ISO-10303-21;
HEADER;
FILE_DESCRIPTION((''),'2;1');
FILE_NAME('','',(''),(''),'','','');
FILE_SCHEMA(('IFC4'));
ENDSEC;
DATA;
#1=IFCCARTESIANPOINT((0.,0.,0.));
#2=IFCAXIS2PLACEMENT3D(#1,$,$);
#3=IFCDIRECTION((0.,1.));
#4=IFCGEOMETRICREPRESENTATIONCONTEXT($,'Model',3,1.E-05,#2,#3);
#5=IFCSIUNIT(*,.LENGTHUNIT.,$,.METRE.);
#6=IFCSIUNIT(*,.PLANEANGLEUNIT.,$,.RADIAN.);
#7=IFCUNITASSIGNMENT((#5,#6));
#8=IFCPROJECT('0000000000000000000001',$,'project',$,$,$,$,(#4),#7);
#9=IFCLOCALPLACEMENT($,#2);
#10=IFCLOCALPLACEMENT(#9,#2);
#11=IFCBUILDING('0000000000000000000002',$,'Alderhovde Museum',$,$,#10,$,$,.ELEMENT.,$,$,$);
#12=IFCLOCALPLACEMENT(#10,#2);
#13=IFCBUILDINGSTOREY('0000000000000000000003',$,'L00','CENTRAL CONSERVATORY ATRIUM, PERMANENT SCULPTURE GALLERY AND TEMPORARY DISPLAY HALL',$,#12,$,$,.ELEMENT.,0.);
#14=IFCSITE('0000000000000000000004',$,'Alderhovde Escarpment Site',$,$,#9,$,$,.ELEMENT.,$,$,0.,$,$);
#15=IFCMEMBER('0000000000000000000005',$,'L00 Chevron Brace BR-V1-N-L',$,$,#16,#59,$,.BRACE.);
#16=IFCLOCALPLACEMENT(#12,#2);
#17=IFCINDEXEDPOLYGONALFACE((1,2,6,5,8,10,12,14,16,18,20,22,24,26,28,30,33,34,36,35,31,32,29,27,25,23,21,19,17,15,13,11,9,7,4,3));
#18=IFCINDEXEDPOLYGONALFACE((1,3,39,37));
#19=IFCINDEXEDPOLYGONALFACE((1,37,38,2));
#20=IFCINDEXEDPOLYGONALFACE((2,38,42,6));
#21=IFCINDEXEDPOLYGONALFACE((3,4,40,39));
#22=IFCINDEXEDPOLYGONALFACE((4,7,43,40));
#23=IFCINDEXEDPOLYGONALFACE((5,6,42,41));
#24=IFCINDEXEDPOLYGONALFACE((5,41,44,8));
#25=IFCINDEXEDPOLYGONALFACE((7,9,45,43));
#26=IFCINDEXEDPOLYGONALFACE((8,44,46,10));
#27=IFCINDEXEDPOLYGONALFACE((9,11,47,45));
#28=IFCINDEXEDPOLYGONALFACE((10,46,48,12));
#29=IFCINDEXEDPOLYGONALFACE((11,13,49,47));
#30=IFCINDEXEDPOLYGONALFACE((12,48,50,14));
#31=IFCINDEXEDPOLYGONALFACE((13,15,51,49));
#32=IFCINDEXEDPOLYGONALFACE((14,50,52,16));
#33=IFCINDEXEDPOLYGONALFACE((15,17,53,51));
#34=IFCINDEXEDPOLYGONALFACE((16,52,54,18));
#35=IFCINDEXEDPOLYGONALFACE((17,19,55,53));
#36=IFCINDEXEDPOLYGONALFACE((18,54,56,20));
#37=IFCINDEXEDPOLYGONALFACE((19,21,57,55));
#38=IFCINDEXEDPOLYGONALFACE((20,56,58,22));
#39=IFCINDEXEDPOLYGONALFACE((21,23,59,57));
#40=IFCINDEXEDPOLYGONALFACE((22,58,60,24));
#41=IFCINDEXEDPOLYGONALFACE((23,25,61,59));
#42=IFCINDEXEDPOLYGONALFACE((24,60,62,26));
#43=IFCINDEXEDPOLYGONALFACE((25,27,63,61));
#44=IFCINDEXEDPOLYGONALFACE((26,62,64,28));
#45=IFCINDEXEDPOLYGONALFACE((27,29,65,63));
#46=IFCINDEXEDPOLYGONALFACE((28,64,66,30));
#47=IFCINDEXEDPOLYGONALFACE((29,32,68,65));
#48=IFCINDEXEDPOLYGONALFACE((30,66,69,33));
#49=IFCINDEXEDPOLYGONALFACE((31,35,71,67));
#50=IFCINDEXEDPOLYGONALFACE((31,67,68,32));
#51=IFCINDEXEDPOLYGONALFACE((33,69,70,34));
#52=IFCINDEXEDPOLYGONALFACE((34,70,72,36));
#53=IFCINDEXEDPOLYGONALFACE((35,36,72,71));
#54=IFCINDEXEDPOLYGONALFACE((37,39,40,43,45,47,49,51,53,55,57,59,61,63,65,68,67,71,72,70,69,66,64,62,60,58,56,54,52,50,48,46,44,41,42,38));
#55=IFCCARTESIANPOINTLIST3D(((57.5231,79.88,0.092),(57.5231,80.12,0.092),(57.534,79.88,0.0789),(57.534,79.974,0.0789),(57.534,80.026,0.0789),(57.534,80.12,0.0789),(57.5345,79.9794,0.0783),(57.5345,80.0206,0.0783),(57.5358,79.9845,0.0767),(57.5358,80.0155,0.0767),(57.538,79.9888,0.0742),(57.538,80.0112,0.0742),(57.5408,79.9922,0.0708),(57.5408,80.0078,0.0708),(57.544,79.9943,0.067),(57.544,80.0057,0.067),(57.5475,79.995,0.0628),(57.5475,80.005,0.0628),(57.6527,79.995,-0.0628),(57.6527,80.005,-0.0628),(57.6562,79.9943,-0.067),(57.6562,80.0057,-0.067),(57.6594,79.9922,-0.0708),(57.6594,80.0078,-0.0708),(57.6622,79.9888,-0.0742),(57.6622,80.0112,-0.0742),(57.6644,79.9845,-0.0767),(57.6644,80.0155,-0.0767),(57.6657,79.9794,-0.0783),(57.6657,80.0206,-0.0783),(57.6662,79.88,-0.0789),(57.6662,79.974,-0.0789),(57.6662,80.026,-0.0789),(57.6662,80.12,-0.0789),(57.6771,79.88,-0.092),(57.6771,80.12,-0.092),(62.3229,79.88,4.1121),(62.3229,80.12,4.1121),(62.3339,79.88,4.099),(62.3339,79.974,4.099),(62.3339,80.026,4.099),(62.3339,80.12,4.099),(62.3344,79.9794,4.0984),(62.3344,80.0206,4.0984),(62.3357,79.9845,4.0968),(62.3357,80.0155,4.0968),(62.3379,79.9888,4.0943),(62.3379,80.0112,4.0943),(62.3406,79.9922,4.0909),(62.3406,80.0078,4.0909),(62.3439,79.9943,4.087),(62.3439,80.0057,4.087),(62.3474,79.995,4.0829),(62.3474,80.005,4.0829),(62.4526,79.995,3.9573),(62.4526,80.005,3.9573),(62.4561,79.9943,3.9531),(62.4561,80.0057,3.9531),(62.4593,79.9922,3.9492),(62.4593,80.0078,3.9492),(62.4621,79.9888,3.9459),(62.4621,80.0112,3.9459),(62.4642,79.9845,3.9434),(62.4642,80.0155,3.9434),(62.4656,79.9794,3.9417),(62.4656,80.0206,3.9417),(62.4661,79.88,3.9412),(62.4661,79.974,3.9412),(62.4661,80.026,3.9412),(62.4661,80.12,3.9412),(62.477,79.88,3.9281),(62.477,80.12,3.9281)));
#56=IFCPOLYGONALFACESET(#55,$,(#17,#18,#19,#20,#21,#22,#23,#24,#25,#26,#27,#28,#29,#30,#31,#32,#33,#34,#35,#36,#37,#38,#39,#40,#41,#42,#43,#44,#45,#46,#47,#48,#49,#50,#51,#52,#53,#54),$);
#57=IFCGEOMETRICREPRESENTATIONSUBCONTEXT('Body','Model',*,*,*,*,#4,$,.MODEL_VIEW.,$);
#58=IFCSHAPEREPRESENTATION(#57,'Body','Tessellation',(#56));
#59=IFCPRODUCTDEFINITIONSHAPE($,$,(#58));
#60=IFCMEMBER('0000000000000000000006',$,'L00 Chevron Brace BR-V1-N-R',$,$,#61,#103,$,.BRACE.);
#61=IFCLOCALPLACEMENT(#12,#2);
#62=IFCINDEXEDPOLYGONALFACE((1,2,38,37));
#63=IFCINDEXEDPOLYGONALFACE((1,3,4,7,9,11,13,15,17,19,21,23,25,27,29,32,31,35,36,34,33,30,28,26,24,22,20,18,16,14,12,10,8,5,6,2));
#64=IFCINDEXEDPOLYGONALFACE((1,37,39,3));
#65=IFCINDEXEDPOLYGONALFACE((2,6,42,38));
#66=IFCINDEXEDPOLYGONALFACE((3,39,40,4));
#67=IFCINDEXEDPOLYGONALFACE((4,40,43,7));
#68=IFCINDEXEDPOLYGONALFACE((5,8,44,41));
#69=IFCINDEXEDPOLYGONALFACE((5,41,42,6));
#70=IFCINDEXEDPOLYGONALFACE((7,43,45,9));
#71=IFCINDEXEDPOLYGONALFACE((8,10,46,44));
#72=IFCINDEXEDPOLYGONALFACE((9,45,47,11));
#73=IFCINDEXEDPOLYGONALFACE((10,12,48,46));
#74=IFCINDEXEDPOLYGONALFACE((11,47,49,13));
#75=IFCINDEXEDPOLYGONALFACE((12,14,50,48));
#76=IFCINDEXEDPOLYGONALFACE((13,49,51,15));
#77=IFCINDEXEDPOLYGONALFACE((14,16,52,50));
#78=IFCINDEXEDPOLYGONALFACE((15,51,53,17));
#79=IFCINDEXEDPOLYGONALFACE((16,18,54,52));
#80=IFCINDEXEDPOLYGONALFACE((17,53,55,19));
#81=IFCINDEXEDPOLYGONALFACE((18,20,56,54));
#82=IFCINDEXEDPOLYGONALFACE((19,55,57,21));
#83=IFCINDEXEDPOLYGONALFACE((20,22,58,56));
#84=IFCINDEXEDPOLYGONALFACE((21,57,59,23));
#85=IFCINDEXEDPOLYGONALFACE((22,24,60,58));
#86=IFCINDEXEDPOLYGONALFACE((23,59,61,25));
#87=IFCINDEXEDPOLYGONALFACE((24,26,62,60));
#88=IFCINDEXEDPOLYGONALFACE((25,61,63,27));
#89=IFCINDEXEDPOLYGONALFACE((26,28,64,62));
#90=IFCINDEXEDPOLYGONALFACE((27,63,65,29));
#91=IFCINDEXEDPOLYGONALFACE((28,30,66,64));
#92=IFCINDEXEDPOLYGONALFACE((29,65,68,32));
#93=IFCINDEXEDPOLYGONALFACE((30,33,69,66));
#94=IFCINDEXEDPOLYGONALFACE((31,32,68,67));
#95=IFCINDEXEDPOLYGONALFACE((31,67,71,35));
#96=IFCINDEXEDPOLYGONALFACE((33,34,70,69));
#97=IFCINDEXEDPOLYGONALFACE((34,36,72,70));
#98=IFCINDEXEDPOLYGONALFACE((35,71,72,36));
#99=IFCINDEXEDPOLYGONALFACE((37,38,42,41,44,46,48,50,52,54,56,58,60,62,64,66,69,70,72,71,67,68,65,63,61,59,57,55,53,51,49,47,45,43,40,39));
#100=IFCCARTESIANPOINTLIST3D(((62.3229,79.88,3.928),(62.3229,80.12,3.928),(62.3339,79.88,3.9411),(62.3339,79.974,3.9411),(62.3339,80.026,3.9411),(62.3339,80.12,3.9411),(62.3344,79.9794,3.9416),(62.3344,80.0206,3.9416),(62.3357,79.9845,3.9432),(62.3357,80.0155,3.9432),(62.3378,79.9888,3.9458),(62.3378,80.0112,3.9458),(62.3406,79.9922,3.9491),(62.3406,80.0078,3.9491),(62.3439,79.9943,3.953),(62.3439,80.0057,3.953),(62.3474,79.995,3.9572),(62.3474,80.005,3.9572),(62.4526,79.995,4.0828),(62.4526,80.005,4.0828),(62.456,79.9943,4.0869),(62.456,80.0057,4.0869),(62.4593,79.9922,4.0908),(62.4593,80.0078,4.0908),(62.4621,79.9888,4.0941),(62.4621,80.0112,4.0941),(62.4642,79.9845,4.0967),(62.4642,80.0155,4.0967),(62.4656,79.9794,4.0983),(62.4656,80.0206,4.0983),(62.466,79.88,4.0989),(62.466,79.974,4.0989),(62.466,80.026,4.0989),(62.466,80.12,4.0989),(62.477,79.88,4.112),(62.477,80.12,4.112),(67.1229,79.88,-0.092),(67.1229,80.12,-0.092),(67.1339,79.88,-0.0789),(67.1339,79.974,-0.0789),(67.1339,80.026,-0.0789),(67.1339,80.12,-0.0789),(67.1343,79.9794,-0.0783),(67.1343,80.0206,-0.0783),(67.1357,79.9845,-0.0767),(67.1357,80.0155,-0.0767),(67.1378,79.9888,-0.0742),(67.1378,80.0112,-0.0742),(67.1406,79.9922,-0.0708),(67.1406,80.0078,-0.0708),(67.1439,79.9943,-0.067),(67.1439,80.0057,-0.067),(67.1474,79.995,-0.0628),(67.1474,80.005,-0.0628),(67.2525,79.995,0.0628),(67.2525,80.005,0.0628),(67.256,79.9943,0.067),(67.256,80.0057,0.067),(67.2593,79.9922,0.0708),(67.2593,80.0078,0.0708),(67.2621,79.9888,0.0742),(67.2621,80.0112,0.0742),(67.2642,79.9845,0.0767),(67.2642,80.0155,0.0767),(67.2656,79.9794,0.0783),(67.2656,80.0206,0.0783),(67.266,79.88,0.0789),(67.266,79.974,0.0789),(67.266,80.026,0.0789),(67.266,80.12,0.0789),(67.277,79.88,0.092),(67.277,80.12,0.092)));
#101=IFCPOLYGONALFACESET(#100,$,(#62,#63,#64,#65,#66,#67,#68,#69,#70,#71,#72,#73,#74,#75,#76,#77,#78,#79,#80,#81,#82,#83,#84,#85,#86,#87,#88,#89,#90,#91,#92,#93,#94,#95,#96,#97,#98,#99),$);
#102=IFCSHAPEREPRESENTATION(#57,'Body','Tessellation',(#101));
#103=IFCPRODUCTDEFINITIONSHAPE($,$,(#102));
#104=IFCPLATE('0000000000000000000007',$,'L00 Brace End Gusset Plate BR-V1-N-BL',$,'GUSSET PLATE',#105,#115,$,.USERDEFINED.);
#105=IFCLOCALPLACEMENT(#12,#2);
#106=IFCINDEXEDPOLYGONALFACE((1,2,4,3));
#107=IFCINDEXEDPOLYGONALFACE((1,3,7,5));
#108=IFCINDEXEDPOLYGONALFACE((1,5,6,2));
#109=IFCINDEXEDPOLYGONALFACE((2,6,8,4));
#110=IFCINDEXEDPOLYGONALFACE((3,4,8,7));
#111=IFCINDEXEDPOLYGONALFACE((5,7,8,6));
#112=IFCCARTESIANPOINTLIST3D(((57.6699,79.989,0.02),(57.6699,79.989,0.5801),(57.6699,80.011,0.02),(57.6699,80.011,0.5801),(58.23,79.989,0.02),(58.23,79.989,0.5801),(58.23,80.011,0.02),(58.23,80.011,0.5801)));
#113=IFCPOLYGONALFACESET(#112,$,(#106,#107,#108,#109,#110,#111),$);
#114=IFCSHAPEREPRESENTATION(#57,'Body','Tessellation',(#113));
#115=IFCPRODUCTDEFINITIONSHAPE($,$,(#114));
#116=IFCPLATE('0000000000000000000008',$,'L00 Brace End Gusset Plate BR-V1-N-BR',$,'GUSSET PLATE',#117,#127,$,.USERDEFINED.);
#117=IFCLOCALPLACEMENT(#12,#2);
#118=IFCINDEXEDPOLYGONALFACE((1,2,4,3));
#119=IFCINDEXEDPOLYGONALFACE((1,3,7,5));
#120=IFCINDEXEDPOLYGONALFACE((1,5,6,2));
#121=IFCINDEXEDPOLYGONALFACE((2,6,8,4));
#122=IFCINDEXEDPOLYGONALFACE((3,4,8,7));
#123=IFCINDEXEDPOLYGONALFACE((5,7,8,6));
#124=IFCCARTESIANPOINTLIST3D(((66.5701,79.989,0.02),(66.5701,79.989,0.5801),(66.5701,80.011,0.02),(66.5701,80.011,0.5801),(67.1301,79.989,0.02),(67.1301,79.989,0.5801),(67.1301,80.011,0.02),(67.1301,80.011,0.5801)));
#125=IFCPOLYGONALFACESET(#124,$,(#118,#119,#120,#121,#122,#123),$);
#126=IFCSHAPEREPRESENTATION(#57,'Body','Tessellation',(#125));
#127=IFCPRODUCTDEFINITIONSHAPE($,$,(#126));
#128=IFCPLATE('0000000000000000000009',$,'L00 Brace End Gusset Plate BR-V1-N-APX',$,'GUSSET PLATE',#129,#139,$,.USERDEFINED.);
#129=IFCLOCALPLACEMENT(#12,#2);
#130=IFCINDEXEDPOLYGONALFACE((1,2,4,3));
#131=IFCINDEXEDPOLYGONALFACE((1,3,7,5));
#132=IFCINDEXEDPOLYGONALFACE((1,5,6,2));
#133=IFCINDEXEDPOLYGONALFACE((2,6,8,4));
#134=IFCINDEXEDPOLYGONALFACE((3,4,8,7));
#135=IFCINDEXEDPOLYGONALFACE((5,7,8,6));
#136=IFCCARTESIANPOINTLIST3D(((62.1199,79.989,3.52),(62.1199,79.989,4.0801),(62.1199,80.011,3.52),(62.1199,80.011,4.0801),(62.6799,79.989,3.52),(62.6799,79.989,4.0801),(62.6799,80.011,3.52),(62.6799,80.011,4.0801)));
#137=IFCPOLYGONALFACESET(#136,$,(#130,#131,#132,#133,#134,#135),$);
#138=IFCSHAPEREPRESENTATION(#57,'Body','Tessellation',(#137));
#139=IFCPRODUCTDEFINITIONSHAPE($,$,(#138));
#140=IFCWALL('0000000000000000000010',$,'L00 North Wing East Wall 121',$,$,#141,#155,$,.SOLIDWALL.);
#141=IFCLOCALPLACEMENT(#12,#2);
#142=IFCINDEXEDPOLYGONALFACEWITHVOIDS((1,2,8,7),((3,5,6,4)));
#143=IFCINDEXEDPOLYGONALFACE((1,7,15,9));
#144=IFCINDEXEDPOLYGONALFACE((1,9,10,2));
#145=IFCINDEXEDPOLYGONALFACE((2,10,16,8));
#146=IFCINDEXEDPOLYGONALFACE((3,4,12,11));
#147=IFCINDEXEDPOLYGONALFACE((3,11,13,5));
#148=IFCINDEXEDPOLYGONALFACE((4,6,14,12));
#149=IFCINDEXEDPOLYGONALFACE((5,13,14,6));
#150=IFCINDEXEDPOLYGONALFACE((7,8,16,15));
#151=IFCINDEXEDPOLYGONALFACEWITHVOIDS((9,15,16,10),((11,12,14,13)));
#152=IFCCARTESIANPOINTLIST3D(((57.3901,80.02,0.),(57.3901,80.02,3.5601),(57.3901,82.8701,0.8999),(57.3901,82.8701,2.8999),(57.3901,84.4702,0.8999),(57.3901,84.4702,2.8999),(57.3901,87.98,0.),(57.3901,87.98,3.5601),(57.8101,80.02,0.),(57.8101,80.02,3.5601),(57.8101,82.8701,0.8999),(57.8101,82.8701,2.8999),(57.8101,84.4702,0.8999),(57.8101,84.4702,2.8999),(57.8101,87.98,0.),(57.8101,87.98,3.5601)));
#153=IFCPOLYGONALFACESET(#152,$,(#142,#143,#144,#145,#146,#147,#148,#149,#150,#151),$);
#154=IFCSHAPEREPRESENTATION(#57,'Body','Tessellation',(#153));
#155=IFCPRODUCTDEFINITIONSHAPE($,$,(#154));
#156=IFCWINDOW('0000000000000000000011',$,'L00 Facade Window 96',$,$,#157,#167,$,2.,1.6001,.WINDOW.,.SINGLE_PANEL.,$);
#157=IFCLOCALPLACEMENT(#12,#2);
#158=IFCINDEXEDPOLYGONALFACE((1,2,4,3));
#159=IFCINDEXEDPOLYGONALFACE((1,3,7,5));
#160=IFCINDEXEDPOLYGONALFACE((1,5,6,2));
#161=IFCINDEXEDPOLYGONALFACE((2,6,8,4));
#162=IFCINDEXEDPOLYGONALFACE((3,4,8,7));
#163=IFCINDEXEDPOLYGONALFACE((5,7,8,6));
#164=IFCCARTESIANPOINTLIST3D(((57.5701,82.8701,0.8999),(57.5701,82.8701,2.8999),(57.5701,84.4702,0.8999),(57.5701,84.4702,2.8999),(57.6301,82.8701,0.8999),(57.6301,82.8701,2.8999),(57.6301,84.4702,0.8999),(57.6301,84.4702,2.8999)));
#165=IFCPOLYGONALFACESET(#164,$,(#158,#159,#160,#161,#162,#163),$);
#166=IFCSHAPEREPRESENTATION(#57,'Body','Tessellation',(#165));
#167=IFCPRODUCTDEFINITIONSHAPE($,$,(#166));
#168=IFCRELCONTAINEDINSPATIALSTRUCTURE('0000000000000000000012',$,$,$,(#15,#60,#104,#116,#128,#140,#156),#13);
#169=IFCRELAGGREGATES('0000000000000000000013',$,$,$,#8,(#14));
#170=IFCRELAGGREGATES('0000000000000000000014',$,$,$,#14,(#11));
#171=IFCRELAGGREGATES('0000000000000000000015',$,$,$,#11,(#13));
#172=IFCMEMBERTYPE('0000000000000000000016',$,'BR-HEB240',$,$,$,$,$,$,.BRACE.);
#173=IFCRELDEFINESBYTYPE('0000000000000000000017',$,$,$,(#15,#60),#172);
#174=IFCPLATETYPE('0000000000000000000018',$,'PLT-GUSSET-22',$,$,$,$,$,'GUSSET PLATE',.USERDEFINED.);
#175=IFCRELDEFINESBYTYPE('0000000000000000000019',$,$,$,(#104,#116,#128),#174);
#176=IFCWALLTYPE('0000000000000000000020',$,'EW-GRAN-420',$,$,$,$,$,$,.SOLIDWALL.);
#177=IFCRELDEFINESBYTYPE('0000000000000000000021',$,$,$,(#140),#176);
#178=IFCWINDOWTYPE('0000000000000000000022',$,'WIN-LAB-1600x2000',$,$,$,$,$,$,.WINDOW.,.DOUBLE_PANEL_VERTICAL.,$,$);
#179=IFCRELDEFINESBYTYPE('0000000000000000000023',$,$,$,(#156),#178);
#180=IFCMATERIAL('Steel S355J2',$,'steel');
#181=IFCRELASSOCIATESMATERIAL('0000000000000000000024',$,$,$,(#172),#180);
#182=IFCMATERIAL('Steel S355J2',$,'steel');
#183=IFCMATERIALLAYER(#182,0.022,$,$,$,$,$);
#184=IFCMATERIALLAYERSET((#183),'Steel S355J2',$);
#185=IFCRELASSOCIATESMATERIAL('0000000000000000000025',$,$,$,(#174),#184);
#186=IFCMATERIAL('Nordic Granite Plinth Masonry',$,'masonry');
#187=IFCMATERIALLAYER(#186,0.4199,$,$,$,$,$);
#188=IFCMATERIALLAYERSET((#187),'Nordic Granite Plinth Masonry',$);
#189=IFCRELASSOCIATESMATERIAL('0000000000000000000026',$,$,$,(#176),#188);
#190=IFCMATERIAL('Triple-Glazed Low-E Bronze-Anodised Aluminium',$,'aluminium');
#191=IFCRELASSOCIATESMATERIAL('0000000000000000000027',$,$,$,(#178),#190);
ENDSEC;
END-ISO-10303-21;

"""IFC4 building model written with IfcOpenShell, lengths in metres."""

from ifc_helpers import new_model, si_unit, direction, frame, frame_2d, origin, origin_2d, place, context, subcontext, project, spatial, rectangle, i_section, extrude, material, layer, layer_set, material_profile, profile_set, type_object, element, fill, save


model = new_model("IFC4")

# Units and contexts
model_context = context("Model", 3, precision=1e-05, world=origin(), true_north=direction((0.0, 1.0)))
body_context = subcontext(model_context, "Body", "Model", "MODEL_VIEW")
ifc_project = project(units=[si_unit("LENGTHUNIT", "METRE"), si_unit("PLANEANGLEUNIT", "RADIAN")], contexts=[model_context])

# Site, building, storey
site_placement = place(None, origin())
site = spatial("IfcSite", under=ifc_project, at=site_placement, Name="Alderhovde Escarpment Site", CompositionType="ELEMENT", RefElevation=0.0)
building_placement = place(site_placement, origin())
building = spatial("IfcBuilding", under=site, at=building_placement, Name="Alderhovde Museum", CompositionType="ELEMENT")
storey_placement = place(building_placement, origin())
storey = spatial("IfcBuildingStorey", under=building, at=storey_placement, Name="L00", Description="CENTRAL CONSERVATORY ATRIUM, PERMANENT SCULPTURE GALLERY AND TEMPORARY DISPLAY HALL", CompositionType="ELEMENT", Elevation=0.0)

# Members
ifc_material_1 = material(Name="Steel S355J2", Category="steel")
ifc_material_profile_1 = material_profile(ifc_material_1, i_section(OverallWidth=0.24, OverallDepth=0.24, WebThickness=0.01, FlangeThickness=0.0171, FilletRadius=0.021, at=origin_2d()), Name="HEB 240")
ifc_profile_set_1 = profile_set([ifc_material_profile_1], Name="Steel S355J2")
member_type = type_object("IfcMemberType", Name="BR-HEB240", PredefinedType="BRACE", material=ifc_profile_set_1)
for number, where, z_axis, x_axis, name in (
    (1, (57.6001, 80.0, 0.0), (0.766634, 0.0, 0.642085), (0.0, 1.0, 0.0), "L00 Chevron Brace BR-V1-N-L"),
    (2, (67.2, 80.0, 0.0), (-0.76665, 0.0, 0.642066), (0.0, -1.0, 0.0), "L00 Chevron Brace BR-V1-N-R"),
):
    element("IfcMember", number, at=place(storey_placement, frame(where, z_axis=z_axis, x_axis=x_axis)), inside=storey, type_object=member_type, Name=name, PredefinedType="BRACE", context=body_context, shape_type="SweptSolid", body=[
        extrude(i_section(OverallWidth=0.24, OverallDepth=0.24, WebThickness=0.01, FlangeThickness=0.0171, FilletRadius=0.021, at=origin_2d()), origin(), (0.0, 0.0, 1.0), 6.261),
    ])

# Plates
ifc_material_2 = material(Name="Steel S355J2", Category="steel")
ifc_layer_1 = layer(ifc_material_2, 0.022)
ifc_layer_set_1 = layer_set([ifc_layer_1], Name="Steel S355J2")
plate_type = type_object("IfcPlateType", Name="PLT-GUSSET-22", ElementType="GUSSET PLATE", PredefinedType="USERDEFINED", material=ifc_layer_set_1)
for number, where, z_axis, x_axis, name in (
    (3, (57.95, 80.0, 0.02), (0.0, 0.0, 1.0), (1.0, 0.0, 0.0), "L00 Brace End Gusset Plate BR-V1-N-BL"),
    (4, (66.8501, 80.0, 0.02), (0.0, 0.0, 1.0), (1.0, 0.0, 0.0), "L00 Brace End Gusset Plate BR-V1-N-BR"),
    (5, (62.3999, 80.0, 3.52), (0.0, 0.0, 1.0), (1.0, 0.0, 0.0), "L00 Brace End Gusset Plate BR-V1-N-APX"),
):
    element("IfcPlate", number, at=place(storey_placement, frame(where, z_axis=z_axis, x_axis=x_axis)), inside=storey, type_object=plate_type, Name=name, ObjectType="GUSSET PLATE", PredefinedType="USERDEFINED", context=body_context, shape_type="SweptSolid", body=[
        extrude(rectangle(XDim=0.5601, YDim=0.022, at=origin_2d()), origin(), (0.0, 0.0, 1.0), 0.5601),
    ])

# Wall, opening, window
ifc_material_3 = material(Name="Nordic Granite Plinth Masonry", Category="masonry")
ifc_layer_2 = layer(ifc_material_3, 0.4199)
ifc_layer_set_2 = layer_set([ifc_layer_2], Name="Nordic Granite Plinth Masonry")
wall_type = type_object("IfcWallType", Name="EW-GRAN-420", PredefinedType="SOLIDWALL", material=ifc_layer_set_2)
wall_placement = place(storey_placement, frame((57.6001, 80.02, 0.0), z_axis=(0.0, 0.0, 1.0), x_axis=(0.0, 1.0, 0.0)))
wall = element("IfcWall", 6, at=wall_placement, inside=storey, type_object=wall_type, Name="L00 North Wing East Wall 121", PredefinedType="SOLIDWALL", context=body_context, shape_type="SweptSolid", body=[
    extrude(rectangle(XDim=7.96, YDim=0.4199, at=frame_2d((3.98, 0.0))), origin(), (0.0, 0.0, 1.0), 3.5601),
])
opening_placement = place(wall_placement, frame((2.8501, 0.0, 0.8999)))
opening = element("IfcOpeningElement", 7, at=opening_placement, cuts=wall, PredefinedType="OPENING", context=body_context, shape_type="SweptSolid", body=[
    extrude(rectangle(XDim=1.6001, YDim=2.0, at=frame_2d((0.8, 1.0))), frame((0.0, 0.22, 0.0), z_axis=(0.0, -1.0, 0.0), x_axis=(1.0, 0.0, 0.0)), (0.0, 0.0, 1.0), 0.4399),
])
ifc_material_4 = material(Name="Triple-Glazed Low-E Bronze-Anodised Aluminium", Category="aluminium")
window_type = type_object("IfcWindowType", Name="WIN-LAB-1600x2000", PartitioningType="DOUBLE_PANEL_VERTICAL", PredefinedType="WINDOW", material=ifc_material_4)
window_placement = place(opening_placement, origin())
window = element("IfcWindow", 8, at=window_placement, inside=storey, type_object=window_type, Name="L00 Facade Window 96", OverallHeight=2.0, OverallWidth=1.6001, PartitioningType="SINGLE_PANEL", PredefinedType="WINDOW", context=body_context, shape_type="SweptSolid", body=[
    extrude(rectangle(XDim=1.6001, YDim=2.0, at=frame_2d((0.8, 1.0))), frame((0.0, 0.03, 0.0), z_axis=(0.0, -1.0, 0.0), x_axis=(1.0, 0.0, 0.0)), (0.0, 0.0, 1.0), 0.0601),
])
fill(opening, window)

save(model, "model.ifc")
